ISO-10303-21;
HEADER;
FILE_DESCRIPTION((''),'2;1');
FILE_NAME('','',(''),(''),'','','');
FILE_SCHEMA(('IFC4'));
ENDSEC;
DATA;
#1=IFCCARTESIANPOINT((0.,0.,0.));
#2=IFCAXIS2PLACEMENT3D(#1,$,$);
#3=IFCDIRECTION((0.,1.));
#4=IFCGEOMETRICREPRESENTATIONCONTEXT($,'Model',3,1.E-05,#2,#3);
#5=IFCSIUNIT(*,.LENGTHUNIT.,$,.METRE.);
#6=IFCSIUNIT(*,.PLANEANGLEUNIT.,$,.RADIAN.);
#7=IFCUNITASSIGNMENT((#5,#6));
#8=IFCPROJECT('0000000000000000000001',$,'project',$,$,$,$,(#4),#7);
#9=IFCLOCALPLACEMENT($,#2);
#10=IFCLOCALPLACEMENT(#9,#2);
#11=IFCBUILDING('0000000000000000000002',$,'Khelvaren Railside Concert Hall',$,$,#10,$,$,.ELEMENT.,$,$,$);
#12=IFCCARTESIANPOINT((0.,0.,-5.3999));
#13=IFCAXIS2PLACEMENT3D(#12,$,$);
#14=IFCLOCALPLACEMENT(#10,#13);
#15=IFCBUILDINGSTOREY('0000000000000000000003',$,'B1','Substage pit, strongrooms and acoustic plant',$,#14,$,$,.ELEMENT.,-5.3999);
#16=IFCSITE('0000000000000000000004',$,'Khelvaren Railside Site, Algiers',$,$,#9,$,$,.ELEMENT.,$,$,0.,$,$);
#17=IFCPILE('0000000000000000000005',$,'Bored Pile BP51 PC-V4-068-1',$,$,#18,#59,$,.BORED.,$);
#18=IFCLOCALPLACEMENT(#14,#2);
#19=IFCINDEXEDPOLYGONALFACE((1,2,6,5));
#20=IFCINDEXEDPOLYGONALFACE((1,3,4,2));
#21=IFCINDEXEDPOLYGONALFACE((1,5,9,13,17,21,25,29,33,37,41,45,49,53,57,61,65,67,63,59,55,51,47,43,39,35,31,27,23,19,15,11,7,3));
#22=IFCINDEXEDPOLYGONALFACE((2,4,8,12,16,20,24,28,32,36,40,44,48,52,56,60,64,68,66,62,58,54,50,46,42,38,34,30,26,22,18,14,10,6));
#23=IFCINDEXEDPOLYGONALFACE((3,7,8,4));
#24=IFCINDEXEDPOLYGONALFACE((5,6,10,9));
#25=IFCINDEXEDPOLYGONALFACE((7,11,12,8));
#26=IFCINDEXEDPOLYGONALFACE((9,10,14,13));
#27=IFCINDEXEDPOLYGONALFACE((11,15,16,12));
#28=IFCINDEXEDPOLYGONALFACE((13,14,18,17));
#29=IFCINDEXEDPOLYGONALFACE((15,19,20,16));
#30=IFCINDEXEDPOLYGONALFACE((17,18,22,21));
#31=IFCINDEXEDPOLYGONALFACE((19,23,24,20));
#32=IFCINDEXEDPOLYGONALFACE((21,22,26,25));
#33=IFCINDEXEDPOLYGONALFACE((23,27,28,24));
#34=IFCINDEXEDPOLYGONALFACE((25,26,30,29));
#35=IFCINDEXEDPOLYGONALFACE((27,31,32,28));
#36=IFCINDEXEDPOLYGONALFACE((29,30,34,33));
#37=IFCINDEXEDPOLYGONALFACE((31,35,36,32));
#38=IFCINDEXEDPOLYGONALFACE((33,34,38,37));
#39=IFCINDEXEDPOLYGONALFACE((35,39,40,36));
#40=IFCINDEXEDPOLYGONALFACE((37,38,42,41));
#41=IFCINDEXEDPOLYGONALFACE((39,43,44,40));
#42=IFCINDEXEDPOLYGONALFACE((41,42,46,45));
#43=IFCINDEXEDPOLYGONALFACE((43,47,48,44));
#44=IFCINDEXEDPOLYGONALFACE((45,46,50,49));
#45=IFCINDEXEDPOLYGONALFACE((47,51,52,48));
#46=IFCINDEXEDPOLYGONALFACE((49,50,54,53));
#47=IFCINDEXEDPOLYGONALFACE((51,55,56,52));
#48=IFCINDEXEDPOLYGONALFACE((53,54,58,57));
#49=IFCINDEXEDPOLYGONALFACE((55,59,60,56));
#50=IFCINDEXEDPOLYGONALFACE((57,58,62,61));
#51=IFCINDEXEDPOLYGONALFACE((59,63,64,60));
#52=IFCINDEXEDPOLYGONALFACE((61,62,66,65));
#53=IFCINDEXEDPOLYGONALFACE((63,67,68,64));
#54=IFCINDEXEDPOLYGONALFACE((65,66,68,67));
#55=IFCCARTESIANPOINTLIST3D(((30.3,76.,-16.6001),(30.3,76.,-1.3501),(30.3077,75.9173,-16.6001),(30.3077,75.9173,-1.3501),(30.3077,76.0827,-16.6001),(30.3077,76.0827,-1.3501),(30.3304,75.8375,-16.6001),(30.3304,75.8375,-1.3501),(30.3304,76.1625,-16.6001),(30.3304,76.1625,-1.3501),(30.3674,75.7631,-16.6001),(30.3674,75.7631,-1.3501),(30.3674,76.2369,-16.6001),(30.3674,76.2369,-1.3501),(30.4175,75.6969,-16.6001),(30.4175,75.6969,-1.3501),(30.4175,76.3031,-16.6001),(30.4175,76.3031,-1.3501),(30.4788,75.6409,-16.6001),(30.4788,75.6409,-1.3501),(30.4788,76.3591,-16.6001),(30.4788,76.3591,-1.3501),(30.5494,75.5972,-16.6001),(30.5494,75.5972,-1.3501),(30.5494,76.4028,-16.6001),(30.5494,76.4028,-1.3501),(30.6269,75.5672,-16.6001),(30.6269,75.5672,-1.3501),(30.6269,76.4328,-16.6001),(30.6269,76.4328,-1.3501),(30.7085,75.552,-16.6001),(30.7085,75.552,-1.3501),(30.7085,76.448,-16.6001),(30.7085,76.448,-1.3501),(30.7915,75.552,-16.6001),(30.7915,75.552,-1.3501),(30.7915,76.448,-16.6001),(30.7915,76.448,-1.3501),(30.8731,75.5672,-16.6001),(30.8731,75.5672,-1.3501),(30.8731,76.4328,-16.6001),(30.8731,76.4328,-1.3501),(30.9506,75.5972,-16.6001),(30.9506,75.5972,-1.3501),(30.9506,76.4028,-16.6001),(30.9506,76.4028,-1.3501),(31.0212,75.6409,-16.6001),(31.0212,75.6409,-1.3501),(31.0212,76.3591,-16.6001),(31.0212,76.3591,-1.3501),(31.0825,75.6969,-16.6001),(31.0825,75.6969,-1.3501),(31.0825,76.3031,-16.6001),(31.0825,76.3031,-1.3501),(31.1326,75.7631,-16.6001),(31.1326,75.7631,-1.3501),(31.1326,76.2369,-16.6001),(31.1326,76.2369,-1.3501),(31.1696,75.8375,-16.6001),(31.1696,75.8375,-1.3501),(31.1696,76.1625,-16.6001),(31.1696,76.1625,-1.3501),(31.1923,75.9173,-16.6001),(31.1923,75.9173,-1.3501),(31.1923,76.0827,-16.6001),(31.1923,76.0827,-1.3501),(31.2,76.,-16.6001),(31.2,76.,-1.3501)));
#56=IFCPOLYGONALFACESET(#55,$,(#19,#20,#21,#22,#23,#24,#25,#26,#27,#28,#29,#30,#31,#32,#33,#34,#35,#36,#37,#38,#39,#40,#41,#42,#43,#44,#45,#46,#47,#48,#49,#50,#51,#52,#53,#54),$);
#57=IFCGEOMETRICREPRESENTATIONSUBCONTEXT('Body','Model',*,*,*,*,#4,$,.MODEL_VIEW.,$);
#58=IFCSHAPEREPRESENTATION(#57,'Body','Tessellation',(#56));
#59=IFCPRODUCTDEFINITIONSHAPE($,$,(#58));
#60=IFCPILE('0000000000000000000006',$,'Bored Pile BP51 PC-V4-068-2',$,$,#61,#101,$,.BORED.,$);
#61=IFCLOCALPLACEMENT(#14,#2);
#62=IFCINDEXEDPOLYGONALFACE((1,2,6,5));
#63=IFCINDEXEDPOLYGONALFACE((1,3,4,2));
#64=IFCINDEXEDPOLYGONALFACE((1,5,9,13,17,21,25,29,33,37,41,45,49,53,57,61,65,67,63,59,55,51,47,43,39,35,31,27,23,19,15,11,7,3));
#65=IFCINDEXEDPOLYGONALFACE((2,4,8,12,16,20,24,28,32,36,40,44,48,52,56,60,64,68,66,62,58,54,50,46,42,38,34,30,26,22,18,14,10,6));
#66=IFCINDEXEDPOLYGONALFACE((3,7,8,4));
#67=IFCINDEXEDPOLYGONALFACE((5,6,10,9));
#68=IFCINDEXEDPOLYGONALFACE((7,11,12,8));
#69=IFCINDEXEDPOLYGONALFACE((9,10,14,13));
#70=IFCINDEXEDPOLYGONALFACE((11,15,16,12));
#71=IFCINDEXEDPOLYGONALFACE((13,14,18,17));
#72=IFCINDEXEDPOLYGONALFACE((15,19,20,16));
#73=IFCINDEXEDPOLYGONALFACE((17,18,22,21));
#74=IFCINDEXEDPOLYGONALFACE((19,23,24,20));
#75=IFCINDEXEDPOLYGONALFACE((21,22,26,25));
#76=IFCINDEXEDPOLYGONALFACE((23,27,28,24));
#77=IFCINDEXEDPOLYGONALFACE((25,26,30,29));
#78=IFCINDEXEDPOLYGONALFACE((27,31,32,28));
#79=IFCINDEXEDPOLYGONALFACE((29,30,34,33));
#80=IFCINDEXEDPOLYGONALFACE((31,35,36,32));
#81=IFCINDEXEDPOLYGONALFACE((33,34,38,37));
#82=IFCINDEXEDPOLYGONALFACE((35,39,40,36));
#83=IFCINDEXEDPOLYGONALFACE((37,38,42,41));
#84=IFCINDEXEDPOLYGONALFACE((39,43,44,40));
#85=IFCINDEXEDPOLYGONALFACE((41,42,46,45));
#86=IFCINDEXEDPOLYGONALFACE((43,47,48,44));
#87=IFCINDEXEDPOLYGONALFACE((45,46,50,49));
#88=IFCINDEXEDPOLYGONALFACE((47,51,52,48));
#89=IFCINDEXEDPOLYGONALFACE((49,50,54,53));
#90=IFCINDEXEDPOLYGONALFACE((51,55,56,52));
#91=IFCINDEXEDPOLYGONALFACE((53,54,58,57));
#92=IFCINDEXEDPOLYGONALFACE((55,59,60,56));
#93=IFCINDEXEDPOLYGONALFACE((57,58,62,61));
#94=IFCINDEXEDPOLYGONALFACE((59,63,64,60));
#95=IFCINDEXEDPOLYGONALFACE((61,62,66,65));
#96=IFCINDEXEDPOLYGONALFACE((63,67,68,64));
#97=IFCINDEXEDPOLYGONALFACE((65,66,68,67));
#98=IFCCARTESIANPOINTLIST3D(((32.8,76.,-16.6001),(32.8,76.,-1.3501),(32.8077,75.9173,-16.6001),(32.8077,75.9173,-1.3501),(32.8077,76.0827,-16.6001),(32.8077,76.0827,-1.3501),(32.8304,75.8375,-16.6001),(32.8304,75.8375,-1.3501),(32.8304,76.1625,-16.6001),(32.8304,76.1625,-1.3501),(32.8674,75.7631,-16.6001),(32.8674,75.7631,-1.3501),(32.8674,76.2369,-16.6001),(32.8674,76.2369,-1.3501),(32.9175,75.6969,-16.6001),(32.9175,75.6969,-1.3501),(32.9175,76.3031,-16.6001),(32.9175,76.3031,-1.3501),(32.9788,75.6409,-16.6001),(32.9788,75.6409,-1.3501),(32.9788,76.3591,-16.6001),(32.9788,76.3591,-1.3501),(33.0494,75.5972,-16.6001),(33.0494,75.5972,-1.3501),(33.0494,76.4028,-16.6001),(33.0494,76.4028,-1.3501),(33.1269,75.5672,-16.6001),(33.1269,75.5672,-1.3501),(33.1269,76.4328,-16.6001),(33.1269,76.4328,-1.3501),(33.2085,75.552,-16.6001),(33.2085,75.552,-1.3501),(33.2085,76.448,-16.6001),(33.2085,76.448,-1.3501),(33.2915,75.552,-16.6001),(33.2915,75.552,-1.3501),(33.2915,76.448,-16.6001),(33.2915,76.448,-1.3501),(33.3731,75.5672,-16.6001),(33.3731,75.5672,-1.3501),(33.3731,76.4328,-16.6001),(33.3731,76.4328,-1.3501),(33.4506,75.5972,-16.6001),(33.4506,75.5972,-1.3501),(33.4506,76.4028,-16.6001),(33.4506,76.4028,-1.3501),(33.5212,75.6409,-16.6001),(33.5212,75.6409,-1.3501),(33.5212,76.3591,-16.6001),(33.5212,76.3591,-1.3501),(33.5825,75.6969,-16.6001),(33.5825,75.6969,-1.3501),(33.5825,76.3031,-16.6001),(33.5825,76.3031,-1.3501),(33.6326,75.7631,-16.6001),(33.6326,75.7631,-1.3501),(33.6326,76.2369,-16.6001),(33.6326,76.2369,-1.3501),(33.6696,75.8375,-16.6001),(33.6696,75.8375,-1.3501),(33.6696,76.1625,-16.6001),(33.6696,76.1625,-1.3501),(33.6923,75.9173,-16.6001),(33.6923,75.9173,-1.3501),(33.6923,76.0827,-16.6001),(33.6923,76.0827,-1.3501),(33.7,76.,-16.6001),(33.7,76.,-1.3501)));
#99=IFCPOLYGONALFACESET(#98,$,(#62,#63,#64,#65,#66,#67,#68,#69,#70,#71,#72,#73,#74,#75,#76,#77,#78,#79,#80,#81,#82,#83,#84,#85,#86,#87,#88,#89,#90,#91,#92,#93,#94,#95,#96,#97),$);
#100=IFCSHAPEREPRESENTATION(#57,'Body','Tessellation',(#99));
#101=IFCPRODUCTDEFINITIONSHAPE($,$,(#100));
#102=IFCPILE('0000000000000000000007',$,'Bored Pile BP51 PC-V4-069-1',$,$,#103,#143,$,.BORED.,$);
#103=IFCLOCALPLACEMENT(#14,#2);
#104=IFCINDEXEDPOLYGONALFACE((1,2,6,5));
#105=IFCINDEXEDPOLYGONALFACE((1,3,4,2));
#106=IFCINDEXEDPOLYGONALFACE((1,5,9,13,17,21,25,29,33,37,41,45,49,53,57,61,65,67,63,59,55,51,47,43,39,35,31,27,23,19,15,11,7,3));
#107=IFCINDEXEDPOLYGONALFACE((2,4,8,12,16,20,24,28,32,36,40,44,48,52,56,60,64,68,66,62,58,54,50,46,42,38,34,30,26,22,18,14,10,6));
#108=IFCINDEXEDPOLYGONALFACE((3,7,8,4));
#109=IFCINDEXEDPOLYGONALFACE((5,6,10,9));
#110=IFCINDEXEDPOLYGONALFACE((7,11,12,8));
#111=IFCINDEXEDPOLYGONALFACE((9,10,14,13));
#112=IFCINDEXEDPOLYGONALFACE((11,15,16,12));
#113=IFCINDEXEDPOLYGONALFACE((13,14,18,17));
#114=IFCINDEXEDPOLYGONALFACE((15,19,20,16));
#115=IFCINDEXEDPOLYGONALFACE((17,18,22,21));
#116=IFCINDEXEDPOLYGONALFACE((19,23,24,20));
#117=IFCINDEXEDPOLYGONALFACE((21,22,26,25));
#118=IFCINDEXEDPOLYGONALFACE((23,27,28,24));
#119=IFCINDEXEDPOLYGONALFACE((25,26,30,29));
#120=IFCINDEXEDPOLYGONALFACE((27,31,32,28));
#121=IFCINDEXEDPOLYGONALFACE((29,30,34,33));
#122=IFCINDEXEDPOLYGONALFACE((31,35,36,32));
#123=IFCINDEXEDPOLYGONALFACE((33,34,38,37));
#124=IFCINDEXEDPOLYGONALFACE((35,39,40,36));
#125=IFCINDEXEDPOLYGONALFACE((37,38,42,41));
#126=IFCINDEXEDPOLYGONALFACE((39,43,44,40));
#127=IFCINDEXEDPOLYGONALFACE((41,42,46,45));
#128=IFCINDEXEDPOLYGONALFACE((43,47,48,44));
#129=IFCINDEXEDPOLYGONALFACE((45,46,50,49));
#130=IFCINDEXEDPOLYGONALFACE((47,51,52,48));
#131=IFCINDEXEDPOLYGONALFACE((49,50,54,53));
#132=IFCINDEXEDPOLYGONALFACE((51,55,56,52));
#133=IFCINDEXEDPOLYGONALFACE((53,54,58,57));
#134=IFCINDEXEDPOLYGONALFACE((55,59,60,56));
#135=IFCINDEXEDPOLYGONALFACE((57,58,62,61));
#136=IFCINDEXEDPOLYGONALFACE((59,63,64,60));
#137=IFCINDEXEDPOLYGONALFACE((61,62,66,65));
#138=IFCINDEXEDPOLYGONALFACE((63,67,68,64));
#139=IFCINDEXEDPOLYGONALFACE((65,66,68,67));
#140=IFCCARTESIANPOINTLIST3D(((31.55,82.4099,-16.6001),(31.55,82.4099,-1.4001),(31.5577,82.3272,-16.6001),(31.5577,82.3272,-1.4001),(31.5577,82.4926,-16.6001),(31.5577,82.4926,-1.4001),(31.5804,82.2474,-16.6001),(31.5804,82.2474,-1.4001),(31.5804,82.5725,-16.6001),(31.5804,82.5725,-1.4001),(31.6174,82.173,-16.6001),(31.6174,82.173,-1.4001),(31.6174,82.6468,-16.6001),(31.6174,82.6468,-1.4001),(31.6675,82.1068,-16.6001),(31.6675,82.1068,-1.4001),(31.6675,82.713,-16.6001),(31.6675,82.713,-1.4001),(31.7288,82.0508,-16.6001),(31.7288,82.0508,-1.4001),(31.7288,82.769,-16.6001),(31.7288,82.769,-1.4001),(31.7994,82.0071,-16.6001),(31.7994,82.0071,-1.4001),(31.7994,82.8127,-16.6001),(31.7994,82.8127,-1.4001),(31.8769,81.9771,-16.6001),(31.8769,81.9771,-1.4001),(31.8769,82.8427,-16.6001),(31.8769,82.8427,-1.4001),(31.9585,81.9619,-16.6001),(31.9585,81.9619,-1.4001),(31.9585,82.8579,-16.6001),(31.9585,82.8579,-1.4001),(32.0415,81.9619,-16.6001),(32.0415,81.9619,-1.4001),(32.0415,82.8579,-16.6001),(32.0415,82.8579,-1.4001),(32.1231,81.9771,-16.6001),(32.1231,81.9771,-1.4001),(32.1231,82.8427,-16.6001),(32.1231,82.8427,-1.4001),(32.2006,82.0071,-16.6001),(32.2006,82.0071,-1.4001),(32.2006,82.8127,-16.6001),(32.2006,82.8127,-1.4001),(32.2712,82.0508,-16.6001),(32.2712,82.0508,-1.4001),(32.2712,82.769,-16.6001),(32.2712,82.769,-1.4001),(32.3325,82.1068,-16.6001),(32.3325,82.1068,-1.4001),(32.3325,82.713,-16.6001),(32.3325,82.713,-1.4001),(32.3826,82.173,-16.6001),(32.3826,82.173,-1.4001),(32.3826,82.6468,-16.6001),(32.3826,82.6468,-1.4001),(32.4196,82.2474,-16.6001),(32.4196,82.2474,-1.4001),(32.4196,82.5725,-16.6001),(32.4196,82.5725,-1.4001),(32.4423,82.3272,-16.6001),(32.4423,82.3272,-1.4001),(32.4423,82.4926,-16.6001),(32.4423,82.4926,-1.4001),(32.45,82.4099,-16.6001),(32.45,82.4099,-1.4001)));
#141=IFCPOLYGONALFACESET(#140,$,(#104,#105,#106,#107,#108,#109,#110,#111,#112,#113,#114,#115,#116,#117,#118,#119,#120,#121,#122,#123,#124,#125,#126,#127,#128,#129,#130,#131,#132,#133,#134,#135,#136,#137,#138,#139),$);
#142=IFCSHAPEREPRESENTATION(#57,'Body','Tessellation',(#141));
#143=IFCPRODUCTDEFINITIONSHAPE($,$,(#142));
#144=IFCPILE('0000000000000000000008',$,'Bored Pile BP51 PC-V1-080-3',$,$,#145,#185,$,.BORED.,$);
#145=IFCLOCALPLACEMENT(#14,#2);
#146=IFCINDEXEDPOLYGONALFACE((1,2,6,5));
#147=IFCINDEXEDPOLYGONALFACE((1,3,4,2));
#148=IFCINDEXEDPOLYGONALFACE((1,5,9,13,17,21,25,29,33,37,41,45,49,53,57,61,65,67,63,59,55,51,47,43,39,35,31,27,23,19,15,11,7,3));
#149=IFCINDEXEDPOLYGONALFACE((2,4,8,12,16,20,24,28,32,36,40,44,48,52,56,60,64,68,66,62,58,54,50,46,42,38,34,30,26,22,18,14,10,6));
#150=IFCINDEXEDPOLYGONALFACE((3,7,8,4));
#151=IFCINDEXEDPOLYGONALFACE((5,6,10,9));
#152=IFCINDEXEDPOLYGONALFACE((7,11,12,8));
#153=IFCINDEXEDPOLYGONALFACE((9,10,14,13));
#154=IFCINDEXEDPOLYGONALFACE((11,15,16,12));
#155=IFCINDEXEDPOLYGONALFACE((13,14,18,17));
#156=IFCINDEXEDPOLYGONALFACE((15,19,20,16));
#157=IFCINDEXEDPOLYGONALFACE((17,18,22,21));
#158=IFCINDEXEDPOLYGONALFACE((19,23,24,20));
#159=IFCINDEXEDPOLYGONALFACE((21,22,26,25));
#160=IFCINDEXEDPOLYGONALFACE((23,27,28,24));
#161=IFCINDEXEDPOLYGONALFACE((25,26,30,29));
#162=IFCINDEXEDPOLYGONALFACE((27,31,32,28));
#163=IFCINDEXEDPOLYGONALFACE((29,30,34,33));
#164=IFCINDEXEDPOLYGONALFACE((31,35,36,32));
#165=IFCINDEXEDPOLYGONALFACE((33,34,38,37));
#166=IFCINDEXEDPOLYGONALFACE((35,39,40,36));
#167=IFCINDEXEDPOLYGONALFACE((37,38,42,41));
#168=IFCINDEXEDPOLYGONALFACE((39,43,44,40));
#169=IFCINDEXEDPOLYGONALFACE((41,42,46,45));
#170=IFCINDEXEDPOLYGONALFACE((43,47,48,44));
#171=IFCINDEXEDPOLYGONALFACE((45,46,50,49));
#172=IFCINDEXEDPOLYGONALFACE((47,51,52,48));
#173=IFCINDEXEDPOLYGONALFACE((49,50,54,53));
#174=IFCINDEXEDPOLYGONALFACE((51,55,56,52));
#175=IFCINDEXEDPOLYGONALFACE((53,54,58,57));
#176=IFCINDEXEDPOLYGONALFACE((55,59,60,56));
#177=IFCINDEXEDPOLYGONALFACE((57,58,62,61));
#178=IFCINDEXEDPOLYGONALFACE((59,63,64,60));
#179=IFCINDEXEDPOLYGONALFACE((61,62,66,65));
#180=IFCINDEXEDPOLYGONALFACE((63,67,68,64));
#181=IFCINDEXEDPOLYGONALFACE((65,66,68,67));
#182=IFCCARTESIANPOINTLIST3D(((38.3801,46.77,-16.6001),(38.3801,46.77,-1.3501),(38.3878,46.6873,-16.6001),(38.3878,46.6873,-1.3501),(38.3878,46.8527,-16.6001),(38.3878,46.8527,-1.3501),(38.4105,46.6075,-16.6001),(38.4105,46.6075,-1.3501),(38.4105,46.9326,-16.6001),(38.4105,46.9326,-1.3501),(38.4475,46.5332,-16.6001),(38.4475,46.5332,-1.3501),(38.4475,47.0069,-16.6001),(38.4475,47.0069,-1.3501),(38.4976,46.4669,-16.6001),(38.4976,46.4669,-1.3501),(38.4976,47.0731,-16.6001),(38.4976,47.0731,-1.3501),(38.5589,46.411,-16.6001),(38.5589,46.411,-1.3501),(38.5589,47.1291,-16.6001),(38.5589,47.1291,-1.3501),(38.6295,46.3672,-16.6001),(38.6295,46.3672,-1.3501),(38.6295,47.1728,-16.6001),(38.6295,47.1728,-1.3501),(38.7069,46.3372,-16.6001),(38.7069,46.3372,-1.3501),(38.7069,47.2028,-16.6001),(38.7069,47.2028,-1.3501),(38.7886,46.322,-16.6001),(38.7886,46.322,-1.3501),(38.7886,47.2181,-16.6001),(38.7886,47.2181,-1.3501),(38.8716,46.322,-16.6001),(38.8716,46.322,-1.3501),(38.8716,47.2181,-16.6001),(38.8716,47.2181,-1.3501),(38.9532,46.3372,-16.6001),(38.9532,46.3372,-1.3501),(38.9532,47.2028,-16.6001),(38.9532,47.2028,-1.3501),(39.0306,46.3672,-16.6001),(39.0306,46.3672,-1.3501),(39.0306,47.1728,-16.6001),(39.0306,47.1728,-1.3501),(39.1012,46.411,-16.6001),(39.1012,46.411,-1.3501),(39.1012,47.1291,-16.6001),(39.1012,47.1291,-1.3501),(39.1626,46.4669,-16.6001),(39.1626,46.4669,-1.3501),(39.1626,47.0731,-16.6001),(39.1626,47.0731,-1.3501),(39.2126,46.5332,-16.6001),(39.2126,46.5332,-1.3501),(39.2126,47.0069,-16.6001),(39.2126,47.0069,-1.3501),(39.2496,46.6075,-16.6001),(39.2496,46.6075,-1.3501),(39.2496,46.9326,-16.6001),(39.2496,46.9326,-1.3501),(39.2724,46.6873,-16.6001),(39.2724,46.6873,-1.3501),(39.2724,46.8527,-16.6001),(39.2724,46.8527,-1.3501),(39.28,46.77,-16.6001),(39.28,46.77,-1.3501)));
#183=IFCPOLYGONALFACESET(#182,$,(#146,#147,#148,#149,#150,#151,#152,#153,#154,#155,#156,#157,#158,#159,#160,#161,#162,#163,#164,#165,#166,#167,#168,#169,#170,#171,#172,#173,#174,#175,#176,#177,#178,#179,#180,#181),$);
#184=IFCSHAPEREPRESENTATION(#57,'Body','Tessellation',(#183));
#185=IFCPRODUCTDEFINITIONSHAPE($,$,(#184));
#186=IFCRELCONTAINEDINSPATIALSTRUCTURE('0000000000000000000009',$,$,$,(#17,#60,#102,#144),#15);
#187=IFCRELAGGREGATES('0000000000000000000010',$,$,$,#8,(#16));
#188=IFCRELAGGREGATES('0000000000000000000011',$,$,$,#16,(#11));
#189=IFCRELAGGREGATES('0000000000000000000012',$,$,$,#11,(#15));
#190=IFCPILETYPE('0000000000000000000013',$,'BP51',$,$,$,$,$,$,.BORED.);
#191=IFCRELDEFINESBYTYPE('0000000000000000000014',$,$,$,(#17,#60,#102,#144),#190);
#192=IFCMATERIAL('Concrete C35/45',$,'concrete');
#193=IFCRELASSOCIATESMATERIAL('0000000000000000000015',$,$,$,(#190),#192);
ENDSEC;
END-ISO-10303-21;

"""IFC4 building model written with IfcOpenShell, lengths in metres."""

from ifc_helpers import new_model, si_unit, direction, frame, origin, origin_2d, place, context, subcontext, project, spatial, circle, extrude, material, material_profile, profile_set, type_object, element, save


model = new_model("IFC4")

# Units and contexts
model_context = context("Model", 3, precision=1e-05, world=origin(), true_north=direction((0.0, 1.0)))
body_context = subcontext(model_context, "Body", "Model", "MODEL_VIEW")
ifc_project = project(units=[si_unit("LENGTHUNIT", "METRE"), si_unit("PLANEANGLEUNIT", "RADIAN")], contexts=[model_context])

# Site, building, storey
site_placement = place(None, origin())
site = spatial("IfcSite", under=ifc_project, at=site_placement, Name="Khelvaren Railside Site, Algiers", CompositionType="ELEMENT", RefElevation=0.0)
building_placement = place(site_placement, origin())
building = spatial("IfcBuilding", under=site, at=building_placement, Name="Khelvaren Railside Concert Hall", CompositionType="ELEMENT")
storey_placement = place(building_placement, frame((0.0, 0.0, -5.3999)))
storey = spatial("IfcBuildingStorey", under=building, at=storey_placement, Name="B1", Description="Substage pit, strongrooms and acoustic plant", CompositionType="ELEMENT", Elevation=-5.3999)

# Piles
ifc_material_1 = material(Name="Concrete C35/45", Category="concrete")
ifc_material_profile_1 = material_profile(ifc_material_1, circle(Radius=0.45, at=origin_2d()), Name="BP D900")
ifc_profile_set_1 = profile_set([ifc_material_profile_1], Name="Concrete C35/45")
pile_type_1 = type_object("IfcPileType", Name="BP51", PredefinedType="BORED", material=ifc_profile_set_1)
for number, where, z_axis, x_axis, name in (
    (1, (30.75, 76.0, -1.3501), (0.0, 0.0, -1.0), (1.0, 0.0, 0.0), "Bored Pile BP51 PC-V4-068-1"),
    (2, (33.25, 76.0, -1.3501), (0.0, 0.0, -1.0), (1.0, 0.0, 0.0), "Bored Pile BP51 PC-V4-068-2"),
):
    element("IfcPile", number, at=place(storey_placement, frame(where, z_axis=z_axis, x_axis=x_axis)), inside=storey, type_object=pile_type_1, Name=name, PredefinedType="BORED", context=body_context, shape_type="SweptSolid", body=[
        extrude(circle(Radius=0.45, at=origin_2d()), origin(), (0.0, 0.0, 1.0), 15.25),
    ])
pile_placement = place(storey_placement, frame((32.0, 82.4099, -1.4001), z_axis=(0.0, 0.0, -1.0), x_axis=(1.0, 0.0, 0.0)))
element("IfcPile", 3, at=pile_placement, inside=storey, type_object=pile_type_1, Name="Bored Pile BP51 PC-V4-069-1", PredefinedType="BORED", context=body_context, shape_type="SweptSolid", body=[
    extrude(circle(Radius=0.45, at=origin_2d()), origin(), (0.0, 0.0, 1.0), 15.2),
])
for number, where, z_axis, x_axis, name in (
    (4, (38.8301, 46.77, -1.3501), (0.0, 0.0, -1.0), (1.0, 0.0, 0.0), "Bored Pile BP51 PC-V1-080-3"),
):
    element("IfcPile", number, at=place(storey_placement, frame(where, z_axis=z_axis, x_axis=x_axis)), inside=storey, type_object=pile_type_1, Name=name, PredefinedType="BORED", context=body_context, shape_type="SweptSolid", body=[
        extrude(circle(Radius=0.45, at=origin_2d()), origin(), (0.0, 0.0, 1.0), 15.25),
    ])

save(model, "model.ifc")
